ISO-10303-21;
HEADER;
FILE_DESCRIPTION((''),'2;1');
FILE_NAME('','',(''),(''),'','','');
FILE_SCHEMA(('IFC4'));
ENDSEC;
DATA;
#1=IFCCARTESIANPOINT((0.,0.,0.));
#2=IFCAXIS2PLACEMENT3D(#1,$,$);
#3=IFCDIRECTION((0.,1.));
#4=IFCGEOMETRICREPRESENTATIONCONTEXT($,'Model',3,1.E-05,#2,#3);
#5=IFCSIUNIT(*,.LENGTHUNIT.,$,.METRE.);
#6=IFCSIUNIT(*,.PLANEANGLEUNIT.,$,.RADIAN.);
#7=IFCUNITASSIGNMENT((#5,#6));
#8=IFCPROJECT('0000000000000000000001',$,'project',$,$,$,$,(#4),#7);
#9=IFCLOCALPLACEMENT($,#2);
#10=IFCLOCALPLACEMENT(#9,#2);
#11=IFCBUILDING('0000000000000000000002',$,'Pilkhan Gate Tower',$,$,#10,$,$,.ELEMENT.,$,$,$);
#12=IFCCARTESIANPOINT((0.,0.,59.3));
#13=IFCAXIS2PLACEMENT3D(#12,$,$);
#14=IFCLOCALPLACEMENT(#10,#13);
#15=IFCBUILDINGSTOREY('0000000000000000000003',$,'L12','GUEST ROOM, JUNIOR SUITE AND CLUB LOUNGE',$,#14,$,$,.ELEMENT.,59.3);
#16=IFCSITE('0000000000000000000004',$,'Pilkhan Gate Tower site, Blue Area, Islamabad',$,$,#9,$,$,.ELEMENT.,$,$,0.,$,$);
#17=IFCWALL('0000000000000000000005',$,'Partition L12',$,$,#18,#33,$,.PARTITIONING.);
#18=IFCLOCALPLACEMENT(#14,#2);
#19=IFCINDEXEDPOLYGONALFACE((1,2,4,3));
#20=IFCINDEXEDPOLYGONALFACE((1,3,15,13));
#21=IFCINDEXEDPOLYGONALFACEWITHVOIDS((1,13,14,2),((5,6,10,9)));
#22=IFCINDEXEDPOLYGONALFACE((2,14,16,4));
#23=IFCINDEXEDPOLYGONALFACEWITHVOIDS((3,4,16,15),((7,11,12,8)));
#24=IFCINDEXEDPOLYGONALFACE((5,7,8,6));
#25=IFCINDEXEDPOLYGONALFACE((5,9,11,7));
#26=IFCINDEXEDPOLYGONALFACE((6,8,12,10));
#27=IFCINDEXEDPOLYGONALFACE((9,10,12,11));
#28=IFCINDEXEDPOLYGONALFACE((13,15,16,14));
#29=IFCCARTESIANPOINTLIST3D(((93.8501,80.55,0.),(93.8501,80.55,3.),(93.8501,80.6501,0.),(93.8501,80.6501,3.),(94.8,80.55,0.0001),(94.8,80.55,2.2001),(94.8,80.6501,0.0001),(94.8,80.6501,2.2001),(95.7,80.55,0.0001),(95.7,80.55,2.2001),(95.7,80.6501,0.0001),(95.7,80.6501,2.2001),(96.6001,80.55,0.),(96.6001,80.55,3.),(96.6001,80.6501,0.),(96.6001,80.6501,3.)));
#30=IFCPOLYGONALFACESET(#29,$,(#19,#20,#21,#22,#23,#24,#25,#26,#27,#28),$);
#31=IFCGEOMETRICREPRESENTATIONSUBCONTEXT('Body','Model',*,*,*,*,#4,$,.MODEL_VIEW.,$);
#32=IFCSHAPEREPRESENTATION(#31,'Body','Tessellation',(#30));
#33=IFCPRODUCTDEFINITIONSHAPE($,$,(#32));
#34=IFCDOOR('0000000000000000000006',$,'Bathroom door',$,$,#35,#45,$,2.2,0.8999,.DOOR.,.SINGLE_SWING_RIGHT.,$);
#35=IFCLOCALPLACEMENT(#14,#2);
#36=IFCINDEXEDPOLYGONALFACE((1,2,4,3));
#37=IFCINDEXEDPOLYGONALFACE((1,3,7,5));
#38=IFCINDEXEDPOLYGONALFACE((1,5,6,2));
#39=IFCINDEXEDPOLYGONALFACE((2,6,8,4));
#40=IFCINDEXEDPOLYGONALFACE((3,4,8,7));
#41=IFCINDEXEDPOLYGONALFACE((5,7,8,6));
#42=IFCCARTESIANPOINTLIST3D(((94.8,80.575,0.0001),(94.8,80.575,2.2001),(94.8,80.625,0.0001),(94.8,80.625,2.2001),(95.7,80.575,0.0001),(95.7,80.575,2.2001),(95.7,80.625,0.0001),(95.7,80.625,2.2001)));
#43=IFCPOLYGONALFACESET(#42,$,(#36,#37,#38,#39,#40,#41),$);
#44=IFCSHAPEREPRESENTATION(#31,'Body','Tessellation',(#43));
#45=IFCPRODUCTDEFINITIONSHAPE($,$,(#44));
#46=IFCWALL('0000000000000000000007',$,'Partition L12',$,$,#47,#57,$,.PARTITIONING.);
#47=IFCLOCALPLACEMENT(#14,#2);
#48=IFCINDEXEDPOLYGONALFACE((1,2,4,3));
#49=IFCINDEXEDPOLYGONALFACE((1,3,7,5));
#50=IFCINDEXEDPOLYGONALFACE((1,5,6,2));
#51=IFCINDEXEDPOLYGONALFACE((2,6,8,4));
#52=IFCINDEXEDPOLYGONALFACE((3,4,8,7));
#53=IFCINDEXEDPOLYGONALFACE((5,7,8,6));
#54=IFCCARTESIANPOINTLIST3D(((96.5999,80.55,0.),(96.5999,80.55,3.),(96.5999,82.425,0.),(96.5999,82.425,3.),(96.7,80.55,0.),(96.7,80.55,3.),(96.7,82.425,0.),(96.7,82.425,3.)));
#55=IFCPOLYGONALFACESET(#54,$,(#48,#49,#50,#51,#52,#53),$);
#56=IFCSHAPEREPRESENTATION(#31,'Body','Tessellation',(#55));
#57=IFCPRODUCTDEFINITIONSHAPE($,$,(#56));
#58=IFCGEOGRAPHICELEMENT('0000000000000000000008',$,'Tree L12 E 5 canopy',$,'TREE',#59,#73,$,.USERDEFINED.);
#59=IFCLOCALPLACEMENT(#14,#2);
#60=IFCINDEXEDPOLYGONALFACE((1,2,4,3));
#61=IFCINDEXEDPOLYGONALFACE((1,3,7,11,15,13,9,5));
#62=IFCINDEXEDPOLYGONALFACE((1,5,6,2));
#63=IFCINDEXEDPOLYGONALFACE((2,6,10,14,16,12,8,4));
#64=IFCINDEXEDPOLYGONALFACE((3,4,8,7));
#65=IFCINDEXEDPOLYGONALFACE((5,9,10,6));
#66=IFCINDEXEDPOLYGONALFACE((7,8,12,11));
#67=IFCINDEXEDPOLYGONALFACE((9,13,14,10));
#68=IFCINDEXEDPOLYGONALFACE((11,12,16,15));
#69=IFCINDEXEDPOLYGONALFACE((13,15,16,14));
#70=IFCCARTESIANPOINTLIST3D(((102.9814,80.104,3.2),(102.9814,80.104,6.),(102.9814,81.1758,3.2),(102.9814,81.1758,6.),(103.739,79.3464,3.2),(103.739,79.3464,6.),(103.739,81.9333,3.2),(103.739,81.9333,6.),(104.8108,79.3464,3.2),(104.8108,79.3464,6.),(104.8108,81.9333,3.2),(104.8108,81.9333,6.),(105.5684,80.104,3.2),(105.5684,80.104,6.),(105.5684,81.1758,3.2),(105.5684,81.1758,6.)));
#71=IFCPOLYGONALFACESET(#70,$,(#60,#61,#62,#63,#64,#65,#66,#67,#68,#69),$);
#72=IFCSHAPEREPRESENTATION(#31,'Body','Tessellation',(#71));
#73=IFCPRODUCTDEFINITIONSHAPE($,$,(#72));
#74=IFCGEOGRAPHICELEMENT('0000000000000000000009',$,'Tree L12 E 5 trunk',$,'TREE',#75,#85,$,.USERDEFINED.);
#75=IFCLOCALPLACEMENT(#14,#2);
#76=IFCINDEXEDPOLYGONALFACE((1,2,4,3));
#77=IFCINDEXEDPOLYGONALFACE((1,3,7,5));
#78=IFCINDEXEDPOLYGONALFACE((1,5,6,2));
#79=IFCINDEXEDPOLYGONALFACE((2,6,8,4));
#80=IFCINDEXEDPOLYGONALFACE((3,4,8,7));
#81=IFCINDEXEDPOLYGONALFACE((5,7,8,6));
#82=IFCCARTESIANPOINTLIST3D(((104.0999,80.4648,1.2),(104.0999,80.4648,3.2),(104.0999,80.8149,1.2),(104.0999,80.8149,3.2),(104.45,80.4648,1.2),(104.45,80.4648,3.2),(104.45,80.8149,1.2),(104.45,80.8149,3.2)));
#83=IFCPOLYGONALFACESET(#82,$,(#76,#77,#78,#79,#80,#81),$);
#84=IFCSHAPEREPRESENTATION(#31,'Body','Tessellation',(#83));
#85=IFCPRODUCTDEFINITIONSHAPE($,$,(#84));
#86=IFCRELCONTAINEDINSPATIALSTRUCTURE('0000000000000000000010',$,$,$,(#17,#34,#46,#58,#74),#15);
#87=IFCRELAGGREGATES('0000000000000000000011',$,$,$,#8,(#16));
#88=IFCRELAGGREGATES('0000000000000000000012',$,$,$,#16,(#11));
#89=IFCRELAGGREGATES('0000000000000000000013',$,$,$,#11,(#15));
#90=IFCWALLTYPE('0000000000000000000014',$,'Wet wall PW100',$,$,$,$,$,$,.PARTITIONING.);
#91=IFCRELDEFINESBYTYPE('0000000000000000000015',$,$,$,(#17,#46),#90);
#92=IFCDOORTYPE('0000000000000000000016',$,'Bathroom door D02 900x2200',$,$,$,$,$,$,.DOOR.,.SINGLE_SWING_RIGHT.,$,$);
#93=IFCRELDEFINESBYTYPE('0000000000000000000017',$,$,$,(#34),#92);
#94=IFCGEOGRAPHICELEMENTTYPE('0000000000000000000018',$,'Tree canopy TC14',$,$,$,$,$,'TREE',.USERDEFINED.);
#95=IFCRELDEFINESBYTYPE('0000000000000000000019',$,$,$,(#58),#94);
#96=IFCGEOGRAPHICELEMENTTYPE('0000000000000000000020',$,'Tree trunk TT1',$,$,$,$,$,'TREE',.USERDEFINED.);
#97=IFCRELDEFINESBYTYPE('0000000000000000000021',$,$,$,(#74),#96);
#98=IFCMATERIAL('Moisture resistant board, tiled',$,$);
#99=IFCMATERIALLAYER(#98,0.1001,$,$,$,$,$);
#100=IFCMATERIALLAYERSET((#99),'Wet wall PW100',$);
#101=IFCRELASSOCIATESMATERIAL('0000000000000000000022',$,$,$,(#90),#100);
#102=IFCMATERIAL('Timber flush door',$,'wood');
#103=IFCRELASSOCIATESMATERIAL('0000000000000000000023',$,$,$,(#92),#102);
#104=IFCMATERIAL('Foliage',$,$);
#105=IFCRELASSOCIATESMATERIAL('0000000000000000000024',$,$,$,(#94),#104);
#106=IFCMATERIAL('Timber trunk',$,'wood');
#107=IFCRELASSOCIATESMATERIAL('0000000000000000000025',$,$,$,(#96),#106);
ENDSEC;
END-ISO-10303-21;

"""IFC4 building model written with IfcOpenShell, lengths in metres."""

from ifc_helpers import new_model, si_unit, direction, frame, frame_2d, origin, origin_2d, place, context, subcontext, project, spatial, polyline, rectangle, outline, extrude, material, layer, layer_set, material_profile, profile_set, type_object, element, fill, save


model = new_model("IFC4")

# Units and contexts
model_context = context("Model", 3, precision=1e-05, world=origin(), true_north=direction((0.0, 1.0)))
body_context = subcontext(model_context, "Body", "Model", "MODEL_VIEW")
ifc_project = project(units=[si_unit("LENGTHUNIT", "METRE"), si_unit("PLANEANGLEUNIT", "RADIAN")], contexts=[model_context])

# Site, building, storey
site_placement = place(None, origin())
site = spatial("IfcSite", under=ifc_project, at=site_placement, Name="Pilkhan Gate Tower site, Blue Area, Islamabad", CompositionType="ELEMENT", RefElevation=0.0)
building_placement = place(site_placement, origin())
building = spatial("IfcBuilding", under=site, at=building_placement, Name="Pilkhan Gate Tower", CompositionType="ELEMENT")
storey_placement = place(building_placement, frame((0.0, 0.0, 59.3)))
storey = spatial("IfcBuildingStorey", under=building, at=storey_placement, Name="L12", Description="GUEST ROOM, JUNIOR SUITE AND CLUB LOUNGE", CompositionType="ELEMENT", Elevation=59.3)

# Wall, opening, door
ifc_material_1 = material(Name="Moisture resistant board, tiled")
ifc_layer_1 = layer(ifc_material_1, 0.1001)
ifc_layer_set_1 = layer_set([ifc_layer_1], Name="Wet wall PW100")
wall_type_1 = type_object("IfcWallType", Name="Wet wall PW100", PredefinedType="PARTITIONING", material=ifc_layer_set_1)
wall_1_placement = place(storey_placement, frame((93.8501, 80.6001, 0.0), z_axis=(0.0, 0.0, 1.0), x_axis=(1.0, 0.0, 0.0)))
wall_1 = element("IfcWall", 1, at=wall_1_placement, inside=storey, type_object=wall_type_1, Name="Partition L12", PredefinedType="PARTITIONING", context=body_context, shape_type="SweptSolid", body=[
    extrude(rectangle(XDim=2.75, YDim=0.1001, at=frame_2d((1.375, 0.0))), origin(), (0.0, 0.0, 1.0), 3.0),
])
opening_placement = place(wall_1_placement, frame((0.95, 0.0, 0.0)))
opening = element("IfcOpeningElement", 2, at=opening_placement, cuts=wall_1, PredefinedType="OPENING", context=body_context, shape_type="SweptSolid", body=[
    extrude(rectangle(XDim=0.8999, YDim=2.2, at=frame_2d((0.45, 1.1001))), frame((0.0, 0.0601, 0.0), z_axis=(0.0, -1.0, 0.0), x_axis=(1.0, 0.0, 0.0)), (0.0, 0.0, 1.0), 0.1201),
])
ifc_material_2 = material(Name="Timber flush door", Category="wood")
door_type = type_object("IfcDoorType", Name="Bathroom door D02 900x2200", OperationType="SINGLE_SWING_RIGHT", PredefinedType="DOOR", material=ifc_material_2)
door_placement = place(opening_placement, origin())
door = element("IfcDoor", 3, at=door_placement, inside=storey, type_object=door_type, Name="Bathroom door", OperationType="SINGLE_SWING_RIGHT", OverallHeight=2.2, OverallWidth=0.8999, PredefinedType="DOOR", context=body_context, shape_type="SweptSolid", body=[
    extrude(rectangle(XDim=0.8999, YDim=2.2, at=frame_2d((0.45, 1.1001))), frame((0.0, 0.0249, 0.0), z_axis=(0.0, -1.0, 0.0), x_axis=(1.0, 0.0, 0.0)), (0.0, 0.0, 1.0), 0.05),
])
fill(opening, door)

# Wall
wall_2_placement = place(storey_placement, frame((96.6499, 80.55, 0.0), z_axis=(0.0, 0.0, 1.0), x_axis=(0.0, 1.0, 0.0)))
element("IfcWall", 4, at=wall_2_placement, inside=storey, type_object=wall_type_1, Name="Partition L12", PredefinedType="PARTITIONING", context=body_context, shape_type="SweptSolid", body=[
    extrude(rectangle(XDim=1.875, YDim=0.1001, at=frame_2d((0.9375, 0.0))), origin(), (0.0, 0.0, 1.0), 3.0),
])

# Geographic elements
ifc_material_3 = material(Name="Foliage")
ifc_material_profile_1 = material_profile(ifc_material_3, outline(polyline([(1.2935, 0.5359), (0.5359, 1.2935), (-0.5359, 1.2935), (-1.2935, 0.5359), (-1.2935, -0.5359), (-0.5359, -1.2935), (0.5359, -1.2935), (1.2935, -0.5359), (1.2935, 0.5359)])), Name="Canopy D2.8")
ifc_profile_set_1 = profile_set([ifc_material_profile_1], Name="Foliage")
geographic_element_type_1 = type_object("IfcGeographicElementType", Name="Tree canopy TC14", ElementType="TREE", PredefinedType="USERDEFINED", material=ifc_profile_set_1)
geographic_element_1_placement = place(storey_placement, frame((104.2749, 80.6399, 3.2), z_axis=(0.0, 0.0, 1.0), x_axis=(1.0, 0.0, 0.0)))
element("IfcGeographicElement", 5, at=geographic_element_1_placement, inside=storey, type_object=geographic_element_type_1, Name="Tree L12 E 5 canopy", ObjectType="TREE", PredefinedType="USERDEFINED", context=body_context, shape_type="SweptSolid", body=[
    extrude(outline(polyline([(1.2935, 0.5359), (0.5359, 1.2935), (-0.5359, 1.2935), (-1.2935, 0.5359), (-1.2935, -0.5359), (-0.5359, -1.2935), (0.5359, -1.2935), (1.2935, -0.5359), (1.2935, 0.5359)])), origin(), (0.0, 0.0, 1.0), 2.8),
])
ifc_material_4 = material(Name="Timber trunk", Category="wood")
geographic_element_type_2 = type_object("IfcGeographicElementType", Name="Tree trunk TT1", ElementType="TREE", PredefinedType="USERDEFINED", material=ifc_material_4)
geographic_element_2_placement = place(storey_placement, frame((104.2749, 80.6399, 1.2), z_axis=(0.0, 0.0, 1.0), x_axis=(1.0, 0.0, 0.0)))
element("IfcGeographicElement", 6, at=geographic_element_2_placement, inside=storey, type_object=geographic_element_type_2, Name="Tree L12 E 5 trunk", ObjectType="TREE", PredefinedType="USERDEFINED", context=body_context, shape_type="SweptSolid", body=[
    extrude(rectangle(XDim=0.3501, YDim=0.3501, at=origin_2d()), origin(), (0.0, 0.0, 1.0), 2.0),
])

save(model, "model.ifc")
